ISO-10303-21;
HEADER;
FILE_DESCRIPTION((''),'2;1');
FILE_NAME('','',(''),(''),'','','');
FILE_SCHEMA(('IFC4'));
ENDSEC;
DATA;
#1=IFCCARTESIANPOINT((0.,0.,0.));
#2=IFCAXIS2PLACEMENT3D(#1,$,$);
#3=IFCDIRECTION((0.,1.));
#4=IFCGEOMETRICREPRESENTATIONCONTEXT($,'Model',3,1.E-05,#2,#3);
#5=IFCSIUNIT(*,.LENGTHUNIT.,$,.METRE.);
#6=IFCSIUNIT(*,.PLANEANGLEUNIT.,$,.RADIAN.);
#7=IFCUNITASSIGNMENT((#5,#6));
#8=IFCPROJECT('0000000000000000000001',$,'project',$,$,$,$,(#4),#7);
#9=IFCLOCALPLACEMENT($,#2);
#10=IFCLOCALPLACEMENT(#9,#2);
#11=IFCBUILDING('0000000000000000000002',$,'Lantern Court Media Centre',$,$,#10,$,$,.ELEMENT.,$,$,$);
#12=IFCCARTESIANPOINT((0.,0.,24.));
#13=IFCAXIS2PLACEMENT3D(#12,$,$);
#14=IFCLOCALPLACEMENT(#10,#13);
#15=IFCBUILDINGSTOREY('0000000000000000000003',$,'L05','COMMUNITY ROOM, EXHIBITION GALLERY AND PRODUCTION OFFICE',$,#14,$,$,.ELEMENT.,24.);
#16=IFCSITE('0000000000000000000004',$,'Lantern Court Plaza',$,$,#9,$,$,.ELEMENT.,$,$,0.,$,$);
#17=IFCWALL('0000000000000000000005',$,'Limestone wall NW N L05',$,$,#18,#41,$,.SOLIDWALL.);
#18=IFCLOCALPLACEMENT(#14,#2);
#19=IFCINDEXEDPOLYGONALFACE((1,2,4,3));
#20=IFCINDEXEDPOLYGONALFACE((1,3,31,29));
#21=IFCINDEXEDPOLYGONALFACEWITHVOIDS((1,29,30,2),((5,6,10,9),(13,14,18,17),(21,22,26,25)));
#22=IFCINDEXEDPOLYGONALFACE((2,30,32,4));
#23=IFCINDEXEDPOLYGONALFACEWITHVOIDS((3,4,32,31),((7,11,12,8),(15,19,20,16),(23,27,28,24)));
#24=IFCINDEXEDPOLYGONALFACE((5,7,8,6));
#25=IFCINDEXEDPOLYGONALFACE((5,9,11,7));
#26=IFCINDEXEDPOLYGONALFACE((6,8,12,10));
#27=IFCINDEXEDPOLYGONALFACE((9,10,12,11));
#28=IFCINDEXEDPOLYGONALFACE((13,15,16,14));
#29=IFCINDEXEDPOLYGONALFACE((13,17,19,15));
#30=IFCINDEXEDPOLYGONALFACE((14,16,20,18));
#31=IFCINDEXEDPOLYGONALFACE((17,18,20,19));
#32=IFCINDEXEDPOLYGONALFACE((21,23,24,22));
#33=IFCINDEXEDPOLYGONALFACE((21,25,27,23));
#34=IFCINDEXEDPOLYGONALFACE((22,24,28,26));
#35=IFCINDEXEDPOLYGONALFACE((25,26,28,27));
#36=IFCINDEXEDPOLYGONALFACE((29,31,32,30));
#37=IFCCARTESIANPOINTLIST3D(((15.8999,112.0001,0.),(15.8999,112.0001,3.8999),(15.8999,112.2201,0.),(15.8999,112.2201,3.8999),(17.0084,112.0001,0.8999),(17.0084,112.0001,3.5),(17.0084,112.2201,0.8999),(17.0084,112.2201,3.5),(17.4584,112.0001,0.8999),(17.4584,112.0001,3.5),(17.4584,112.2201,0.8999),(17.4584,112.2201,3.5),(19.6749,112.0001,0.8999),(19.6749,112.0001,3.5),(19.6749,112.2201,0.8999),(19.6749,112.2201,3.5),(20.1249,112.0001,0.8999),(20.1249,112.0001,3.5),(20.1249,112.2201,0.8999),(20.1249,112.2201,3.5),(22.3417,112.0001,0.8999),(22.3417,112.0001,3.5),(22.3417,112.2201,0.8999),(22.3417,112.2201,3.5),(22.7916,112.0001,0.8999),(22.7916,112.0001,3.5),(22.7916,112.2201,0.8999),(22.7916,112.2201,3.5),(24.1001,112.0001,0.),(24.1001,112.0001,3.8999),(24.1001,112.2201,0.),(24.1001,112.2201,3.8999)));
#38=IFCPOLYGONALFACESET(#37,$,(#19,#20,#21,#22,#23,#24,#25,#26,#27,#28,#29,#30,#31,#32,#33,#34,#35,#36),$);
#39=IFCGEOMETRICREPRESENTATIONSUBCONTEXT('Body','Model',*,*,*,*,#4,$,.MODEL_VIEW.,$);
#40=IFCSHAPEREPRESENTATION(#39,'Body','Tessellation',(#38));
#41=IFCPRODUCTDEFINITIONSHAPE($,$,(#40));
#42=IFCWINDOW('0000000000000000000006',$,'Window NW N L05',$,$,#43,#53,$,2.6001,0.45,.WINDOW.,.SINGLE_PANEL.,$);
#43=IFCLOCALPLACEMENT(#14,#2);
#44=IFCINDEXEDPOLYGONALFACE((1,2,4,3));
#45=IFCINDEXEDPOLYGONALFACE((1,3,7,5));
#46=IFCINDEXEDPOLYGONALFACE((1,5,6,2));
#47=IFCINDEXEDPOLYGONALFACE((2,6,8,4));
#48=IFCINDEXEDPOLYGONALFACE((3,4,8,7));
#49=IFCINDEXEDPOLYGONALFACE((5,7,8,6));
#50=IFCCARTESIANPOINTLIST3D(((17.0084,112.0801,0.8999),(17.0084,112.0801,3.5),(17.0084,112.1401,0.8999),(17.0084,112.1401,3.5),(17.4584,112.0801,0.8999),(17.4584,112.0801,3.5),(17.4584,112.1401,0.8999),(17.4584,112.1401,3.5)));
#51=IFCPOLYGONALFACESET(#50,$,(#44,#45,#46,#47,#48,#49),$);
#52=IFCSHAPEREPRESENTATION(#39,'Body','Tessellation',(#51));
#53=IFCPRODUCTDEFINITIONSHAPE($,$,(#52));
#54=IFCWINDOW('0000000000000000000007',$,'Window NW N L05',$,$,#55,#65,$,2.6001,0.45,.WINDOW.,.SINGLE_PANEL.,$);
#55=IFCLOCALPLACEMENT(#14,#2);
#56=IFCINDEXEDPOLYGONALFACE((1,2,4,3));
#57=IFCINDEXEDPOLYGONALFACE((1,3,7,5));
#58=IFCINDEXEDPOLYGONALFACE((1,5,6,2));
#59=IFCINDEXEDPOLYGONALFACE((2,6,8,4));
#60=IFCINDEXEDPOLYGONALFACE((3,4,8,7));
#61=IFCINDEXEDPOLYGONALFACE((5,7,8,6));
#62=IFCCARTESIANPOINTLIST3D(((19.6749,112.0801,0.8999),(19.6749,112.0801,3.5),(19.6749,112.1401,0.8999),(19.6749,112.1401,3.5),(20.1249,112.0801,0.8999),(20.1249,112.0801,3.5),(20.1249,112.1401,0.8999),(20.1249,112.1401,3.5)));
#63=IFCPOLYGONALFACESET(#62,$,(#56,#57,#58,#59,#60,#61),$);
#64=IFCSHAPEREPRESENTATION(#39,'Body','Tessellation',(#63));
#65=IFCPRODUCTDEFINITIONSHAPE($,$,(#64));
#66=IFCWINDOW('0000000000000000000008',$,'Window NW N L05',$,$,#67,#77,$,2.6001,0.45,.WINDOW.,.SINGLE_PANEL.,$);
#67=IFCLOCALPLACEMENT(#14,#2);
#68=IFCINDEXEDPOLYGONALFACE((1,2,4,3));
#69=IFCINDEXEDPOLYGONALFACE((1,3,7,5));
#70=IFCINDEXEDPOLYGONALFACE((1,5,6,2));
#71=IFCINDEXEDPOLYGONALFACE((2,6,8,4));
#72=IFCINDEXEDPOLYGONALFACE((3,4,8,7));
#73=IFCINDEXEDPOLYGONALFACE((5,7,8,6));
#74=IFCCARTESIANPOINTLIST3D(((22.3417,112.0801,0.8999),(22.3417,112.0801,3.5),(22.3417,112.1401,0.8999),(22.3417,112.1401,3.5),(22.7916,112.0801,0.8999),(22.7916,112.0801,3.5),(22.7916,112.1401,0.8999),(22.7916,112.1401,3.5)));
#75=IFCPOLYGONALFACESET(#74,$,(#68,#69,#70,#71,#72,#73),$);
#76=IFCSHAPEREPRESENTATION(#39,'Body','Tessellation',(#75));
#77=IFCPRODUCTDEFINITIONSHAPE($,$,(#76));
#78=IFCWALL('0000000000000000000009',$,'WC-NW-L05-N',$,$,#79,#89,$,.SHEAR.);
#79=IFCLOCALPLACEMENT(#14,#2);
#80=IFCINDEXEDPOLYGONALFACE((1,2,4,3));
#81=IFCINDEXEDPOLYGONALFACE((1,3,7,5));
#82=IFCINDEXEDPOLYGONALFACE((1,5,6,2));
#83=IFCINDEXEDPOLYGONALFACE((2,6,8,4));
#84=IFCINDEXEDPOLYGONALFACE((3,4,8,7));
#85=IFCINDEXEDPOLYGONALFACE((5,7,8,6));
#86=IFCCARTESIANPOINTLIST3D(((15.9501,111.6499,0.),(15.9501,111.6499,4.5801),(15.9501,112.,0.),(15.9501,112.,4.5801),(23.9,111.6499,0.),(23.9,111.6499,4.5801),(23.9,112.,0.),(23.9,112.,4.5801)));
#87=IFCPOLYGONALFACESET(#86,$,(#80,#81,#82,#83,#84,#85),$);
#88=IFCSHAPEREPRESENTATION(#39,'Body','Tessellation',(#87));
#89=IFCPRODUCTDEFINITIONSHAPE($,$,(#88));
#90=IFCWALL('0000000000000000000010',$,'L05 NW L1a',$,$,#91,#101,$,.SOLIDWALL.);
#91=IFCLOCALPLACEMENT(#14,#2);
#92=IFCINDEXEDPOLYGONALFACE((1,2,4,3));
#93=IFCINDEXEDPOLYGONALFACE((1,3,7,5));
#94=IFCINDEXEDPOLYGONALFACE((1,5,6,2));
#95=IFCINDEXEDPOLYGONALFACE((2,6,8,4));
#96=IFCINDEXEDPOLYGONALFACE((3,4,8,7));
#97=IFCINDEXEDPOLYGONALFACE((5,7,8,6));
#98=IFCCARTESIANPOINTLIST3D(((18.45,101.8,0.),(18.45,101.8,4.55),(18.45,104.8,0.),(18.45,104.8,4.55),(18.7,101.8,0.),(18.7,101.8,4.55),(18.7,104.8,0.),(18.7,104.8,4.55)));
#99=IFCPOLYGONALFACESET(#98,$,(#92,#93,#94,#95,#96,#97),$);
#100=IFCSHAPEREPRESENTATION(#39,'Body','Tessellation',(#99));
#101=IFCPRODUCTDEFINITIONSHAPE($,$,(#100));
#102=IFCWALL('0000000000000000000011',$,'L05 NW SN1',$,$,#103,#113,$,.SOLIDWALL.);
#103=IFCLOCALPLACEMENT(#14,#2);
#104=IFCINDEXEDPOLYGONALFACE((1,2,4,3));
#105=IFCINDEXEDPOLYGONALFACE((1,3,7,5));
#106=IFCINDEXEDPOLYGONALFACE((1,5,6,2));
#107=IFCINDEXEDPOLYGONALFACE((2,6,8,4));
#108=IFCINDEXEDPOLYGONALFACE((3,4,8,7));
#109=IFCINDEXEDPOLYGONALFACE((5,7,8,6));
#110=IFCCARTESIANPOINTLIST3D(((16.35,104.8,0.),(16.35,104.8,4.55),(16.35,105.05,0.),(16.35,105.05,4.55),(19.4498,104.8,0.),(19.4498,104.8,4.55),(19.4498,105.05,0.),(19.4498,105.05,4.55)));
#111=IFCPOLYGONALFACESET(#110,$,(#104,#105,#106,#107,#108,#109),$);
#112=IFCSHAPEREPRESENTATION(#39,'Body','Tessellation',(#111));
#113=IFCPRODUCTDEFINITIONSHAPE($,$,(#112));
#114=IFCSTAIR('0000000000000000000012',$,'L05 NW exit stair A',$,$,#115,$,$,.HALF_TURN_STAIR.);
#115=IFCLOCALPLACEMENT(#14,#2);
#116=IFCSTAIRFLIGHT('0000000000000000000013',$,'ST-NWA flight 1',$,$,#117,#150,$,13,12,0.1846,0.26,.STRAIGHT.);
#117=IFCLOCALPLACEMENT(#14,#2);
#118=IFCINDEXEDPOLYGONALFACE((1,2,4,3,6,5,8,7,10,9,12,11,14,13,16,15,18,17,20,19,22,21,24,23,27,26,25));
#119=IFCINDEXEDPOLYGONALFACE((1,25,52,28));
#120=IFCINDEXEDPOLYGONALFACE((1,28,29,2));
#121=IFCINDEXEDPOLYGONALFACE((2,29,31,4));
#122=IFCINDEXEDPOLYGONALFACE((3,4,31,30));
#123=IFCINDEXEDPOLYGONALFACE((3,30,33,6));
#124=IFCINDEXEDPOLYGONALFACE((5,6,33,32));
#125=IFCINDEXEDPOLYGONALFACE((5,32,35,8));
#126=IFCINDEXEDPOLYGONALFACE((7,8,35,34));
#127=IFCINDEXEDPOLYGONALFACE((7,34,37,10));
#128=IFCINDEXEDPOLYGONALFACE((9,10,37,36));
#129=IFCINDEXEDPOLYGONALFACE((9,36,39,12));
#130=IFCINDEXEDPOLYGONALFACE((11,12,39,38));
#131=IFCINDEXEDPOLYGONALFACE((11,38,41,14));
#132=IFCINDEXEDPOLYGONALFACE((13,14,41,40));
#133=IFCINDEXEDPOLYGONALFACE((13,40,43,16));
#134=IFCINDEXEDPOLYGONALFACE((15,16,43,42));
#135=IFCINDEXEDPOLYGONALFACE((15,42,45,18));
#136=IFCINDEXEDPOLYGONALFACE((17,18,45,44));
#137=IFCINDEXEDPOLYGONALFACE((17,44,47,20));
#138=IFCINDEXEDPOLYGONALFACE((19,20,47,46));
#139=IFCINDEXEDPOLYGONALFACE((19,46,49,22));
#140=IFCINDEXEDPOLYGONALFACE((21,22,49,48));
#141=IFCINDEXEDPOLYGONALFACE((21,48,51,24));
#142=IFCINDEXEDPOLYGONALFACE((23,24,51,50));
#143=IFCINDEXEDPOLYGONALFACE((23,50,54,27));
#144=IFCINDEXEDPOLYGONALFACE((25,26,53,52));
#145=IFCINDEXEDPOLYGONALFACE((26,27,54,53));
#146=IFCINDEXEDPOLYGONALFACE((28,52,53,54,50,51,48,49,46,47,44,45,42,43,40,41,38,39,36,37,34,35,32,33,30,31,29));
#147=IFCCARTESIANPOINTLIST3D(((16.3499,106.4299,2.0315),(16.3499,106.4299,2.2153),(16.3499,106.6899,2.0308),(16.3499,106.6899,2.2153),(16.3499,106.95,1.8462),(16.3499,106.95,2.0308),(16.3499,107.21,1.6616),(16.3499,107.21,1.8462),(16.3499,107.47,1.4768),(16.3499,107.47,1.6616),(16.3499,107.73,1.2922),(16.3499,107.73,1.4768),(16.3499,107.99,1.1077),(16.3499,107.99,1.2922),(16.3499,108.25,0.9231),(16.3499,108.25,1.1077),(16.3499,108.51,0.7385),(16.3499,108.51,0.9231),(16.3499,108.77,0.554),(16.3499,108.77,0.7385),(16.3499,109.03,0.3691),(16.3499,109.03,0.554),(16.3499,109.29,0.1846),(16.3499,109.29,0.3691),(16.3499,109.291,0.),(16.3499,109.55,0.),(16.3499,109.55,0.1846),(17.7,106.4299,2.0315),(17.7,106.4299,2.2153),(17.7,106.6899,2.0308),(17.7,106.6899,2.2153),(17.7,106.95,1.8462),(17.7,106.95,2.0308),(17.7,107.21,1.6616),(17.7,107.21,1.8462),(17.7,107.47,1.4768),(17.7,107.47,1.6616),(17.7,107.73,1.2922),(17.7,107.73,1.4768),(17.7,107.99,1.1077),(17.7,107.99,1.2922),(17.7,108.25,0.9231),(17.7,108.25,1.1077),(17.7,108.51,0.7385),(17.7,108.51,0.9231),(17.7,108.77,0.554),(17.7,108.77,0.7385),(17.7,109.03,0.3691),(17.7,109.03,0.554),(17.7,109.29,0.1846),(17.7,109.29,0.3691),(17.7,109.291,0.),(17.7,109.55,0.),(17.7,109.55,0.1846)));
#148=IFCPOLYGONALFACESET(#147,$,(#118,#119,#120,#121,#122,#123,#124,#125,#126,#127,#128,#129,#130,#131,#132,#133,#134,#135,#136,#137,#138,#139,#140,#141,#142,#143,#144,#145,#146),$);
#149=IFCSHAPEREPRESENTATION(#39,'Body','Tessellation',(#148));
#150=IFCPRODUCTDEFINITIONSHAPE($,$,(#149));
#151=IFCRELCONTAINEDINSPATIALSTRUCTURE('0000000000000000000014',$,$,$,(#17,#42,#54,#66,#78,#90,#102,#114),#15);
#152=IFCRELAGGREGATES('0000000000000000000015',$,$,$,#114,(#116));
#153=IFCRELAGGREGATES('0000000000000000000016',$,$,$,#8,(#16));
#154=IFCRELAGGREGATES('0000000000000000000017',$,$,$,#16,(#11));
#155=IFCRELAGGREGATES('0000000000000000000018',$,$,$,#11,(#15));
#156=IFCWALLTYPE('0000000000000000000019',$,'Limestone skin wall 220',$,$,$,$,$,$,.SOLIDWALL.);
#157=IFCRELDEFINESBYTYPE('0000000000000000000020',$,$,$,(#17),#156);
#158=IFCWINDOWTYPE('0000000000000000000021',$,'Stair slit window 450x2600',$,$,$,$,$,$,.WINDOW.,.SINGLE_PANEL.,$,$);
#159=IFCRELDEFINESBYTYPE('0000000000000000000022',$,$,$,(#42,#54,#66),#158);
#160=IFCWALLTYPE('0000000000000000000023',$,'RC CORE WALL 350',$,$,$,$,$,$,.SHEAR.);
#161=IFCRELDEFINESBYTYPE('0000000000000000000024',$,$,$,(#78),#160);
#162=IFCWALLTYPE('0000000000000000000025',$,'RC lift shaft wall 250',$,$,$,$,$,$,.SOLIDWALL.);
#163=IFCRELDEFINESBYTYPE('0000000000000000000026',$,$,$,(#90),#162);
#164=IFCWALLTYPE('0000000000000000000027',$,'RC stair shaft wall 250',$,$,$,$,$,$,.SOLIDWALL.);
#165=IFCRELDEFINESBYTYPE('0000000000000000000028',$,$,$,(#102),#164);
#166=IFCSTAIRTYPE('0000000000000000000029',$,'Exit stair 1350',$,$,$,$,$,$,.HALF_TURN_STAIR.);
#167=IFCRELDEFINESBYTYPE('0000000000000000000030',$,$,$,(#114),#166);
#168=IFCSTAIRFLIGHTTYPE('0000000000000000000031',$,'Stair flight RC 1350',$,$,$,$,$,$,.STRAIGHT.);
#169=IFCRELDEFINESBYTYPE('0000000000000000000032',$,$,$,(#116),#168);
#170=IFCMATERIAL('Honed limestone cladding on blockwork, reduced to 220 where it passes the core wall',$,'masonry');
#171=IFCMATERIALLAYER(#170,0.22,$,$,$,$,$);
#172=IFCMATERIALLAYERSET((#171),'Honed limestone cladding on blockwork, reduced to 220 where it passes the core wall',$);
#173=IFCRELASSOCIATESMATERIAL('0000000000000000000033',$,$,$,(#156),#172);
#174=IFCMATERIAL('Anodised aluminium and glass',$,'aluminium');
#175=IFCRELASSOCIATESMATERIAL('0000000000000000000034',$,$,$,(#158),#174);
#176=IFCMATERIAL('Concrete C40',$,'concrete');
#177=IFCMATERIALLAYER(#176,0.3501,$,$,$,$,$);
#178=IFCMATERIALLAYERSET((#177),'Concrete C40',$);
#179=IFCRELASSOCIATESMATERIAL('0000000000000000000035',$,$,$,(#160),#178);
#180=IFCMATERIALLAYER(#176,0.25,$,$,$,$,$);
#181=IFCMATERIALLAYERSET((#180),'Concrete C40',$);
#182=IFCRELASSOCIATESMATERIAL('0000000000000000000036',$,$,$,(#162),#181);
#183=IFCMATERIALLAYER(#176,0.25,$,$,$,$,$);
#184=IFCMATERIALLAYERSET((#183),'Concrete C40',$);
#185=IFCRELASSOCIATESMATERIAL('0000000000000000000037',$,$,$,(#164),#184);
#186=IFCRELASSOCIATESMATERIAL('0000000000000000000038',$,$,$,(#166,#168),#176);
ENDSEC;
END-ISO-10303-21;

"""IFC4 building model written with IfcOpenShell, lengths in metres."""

from ifc_helpers import new_model, si_unit, direction, frame, frame_2d, origin, place, context, subcontext, project, spatial, polyline, rectangle, outline, extrude, material, layer, layer_set, type_object, element, fill, aggregate, save


model = new_model("IFC4")

# Units and contexts
model_context = context("Model", 3, precision=1e-05, world=origin(), true_north=direction((0.0, 1.0)))
body_context = subcontext(model_context, "Body", "Model", "MODEL_VIEW")
ifc_project = project(units=[si_unit("LENGTHUNIT", "METRE"), si_unit("PLANEANGLEUNIT", "RADIAN")], contexts=[model_context])

# Site, building, storey
site_placement = place(None, origin())
site = spatial("IfcSite", under=ifc_project, at=site_placement, Name="Lantern Court Plaza", CompositionType="ELEMENT", RefElevation=0.0)
building_placement = place(site_placement, origin())
building = spatial("IfcBuilding", under=site, at=building_placement, Name="Lantern Court Media Centre", CompositionType="ELEMENT")
storey_placement = place(building_placement, frame((0.0, 0.0, 24.0)))
storey = spatial("IfcBuildingStorey", under=building, at=storey_placement, Name="L05", Description="COMMUNITY ROOM, EXHIBITION GALLERY AND PRODUCTION OFFICE", CompositionType="ELEMENT", Elevation=24.0)

# Wall, openings, windows
ifc_material_1 = material(Name="Honed limestone cladding on blockwork, reduced to 220 where it passes the core wall", Category="masonry")
ifc_layer_1 = layer(ifc_material_1, 0.22)
ifc_layer_set_1 = layer_set([ifc_layer_1], Name="Honed limestone cladding on blockwork, reduced to 220 where it passes the core wall")
wall_type_1 = type_object("IfcWallType", Name="Limestone skin wall 220", PredefinedType="SOLIDWALL", material=ifc_layer_set_1)
wall_1_placement = place(storey_placement, frame((15.8999, 112.1101, 0.0), z_axis=(0.0, 0.0, 1.0), x_axis=(1.0, 0.0, 0.0)))
wall_1 = element("IfcWall", 1, at=wall_1_placement, inside=storey, type_object=wall_type_1, Name="Limestone wall NW N L05", PredefinedType="SOLIDWALL", context=body_context, shape_type="SweptSolid", body=[
    extrude(rectangle(XDim=8.2002, YDim=0.22, at=frame_2d((4.1001, 0.0))), origin(), (0.0, 0.0, 1.0), 3.8999),
])
opening_1_placement = place(wall_1_placement, frame((1.1084, 0.0, 0.8999)))
opening_1 = element("IfcOpeningElement", 2, at=opening_1_placement, cuts=wall_1, PredefinedType="OPENING", context=body_context, shape_type="SweptSolid", body=[
    extrude(rectangle(XDim=0.45, YDim=2.6001, at=frame_2d((0.2251, 1.3))), frame((0.0, 0.1199, 0.0), z_axis=(0.0, -1.0, 0.0), x_axis=(1.0, 0.0, 0.0)), (0.0, 0.0, 1.0), 0.24),
])
opening_2_placement = place(wall_1_placement, frame((3.7749, 0.0, 0.8999)))
opening_2 = element("IfcOpeningElement", 3, at=opening_2_placement, cuts=wall_1, PredefinedType="OPENING", context=body_context, shape_type="SweptSolid", body=[
    extrude(rectangle(XDim=0.45, YDim=2.6001, at=frame_2d((0.2251, 1.3))), frame((0.0, 0.1199, 0.0), z_axis=(0.0, -1.0, 0.0), x_axis=(1.0, 0.0, 0.0)), (0.0, 0.0, 1.0), 0.24),
])
opening_3_placement = place(wall_1_placement, frame((6.4417, 0.0, 0.8999)))
opening_3 = element("IfcOpeningElement", 4, at=opening_3_placement, cuts=wall_1, PredefinedType="OPENING", context=body_context, shape_type="SweptSolid", body=[
    extrude(rectangle(XDim=0.45, YDim=2.6001, at=frame_2d((0.2251, 1.3))), frame((0.0, 0.1199, 0.0), z_axis=(0.0, -1.0, 0.0), x_axis=(1.0, 0.0, 0.0)), (0.0, 0.0, 1.0), 0.24),
])
ifc_material_2 = material(Name="Anodised aluminium and glass", Category="aluminium")
window_type = type_object("IfcWindowType", Name="Stair slit window 450x2600", PartitioningType="SINGLE_PANEL", PredefinedType="WINDOW", material=ifc_material_2)
window_1_placement = place(opening_1_placement, origin())
window_1 = element("IfcWindow", 5, at=window_1_placement, inside=storey, type_object=window_type, Name="Window NW N L05", OverallHeight=2.6001, OverallWidth=0.45, PartitioningType="SINGLE_PANEL", PredefinedType="WINDOW", context=body_context, shape_type="SweptSolid", body=[
    extrude(rectangle(XDim=0.45, YDim=2.6001, at=frame_2d((0.2251, 1.3))), frame((0.0, 0.03, 0.0), z_axis=(0.0, -1.0, 0.0), x_axis=(1.0, 0.0, 0.0)), (0.0, 0.0, 1.0), 0.0601),
])
fill(opening_1, window_1)
window_2_placement = place(opening_2_placement, origin())
window_2 = element("IfcWindow", 6, at=window_2_placement, inside=storey, type_object=window_type, Name="Window NW N L05", OverallHeight=2.6001, OverallWidth=0.45, PartitioningType="SINGLE_PANEL", PredefinedType="WINDOW", context=body_context, shape_type="SweptSolid", body=[
    extrude(rectangle(XDim=0.45, YDim=2.6001, at=frame_2d((0.2251, 1.3))), frame((0.0, 0.03, 0.0), z_axis=(0.0, -1.0, 0.0), x_axis=(1.0, 0.0, 0.0)), (0.0, 0.0, 1.0), 0.0601),
])
fill(opening_2, window_2)
window_3_placement = place(opening_3_placement, origin())
window_3 = element("IfcWindow", 7, at=window_3_placement, inside=storey, type_object=window_type, Name="Window NW N L05", OverallHeight=2.6001, OverallWidth=0.45, PartitioningType="SINGLE_PANEL", PredefinedType="WINDOW", context=body_context, shape_type="SweptSolid", body=[
    extrude(rectangle(XDim=0.45, YDim=2.6001, at=frame_2d((0.2251, 1.3))), frame((0.0, 0.03, 0.0), z_axis=(0.0, -1.0, 0.0), x_axis=(1.0, 0.0, 0.0)), (0.0, 0.0, 1.0), 0.0601),
])
fill(opening_3, window_3)

# Walls
ifc_material_3 = material(Name="Concrete C40", Category="concrete")
ifc_layer_2 = layer(ifc_material_3, 0.3501)
ifc_layer_set_2 = layer_set([ifc_layer_2], Name="Concrete C40")
wall_type_2 = type_object("IfcWallType", Name="RC CORE WALL 350", PredefinedType="SHEAR", material=ifc_layer_set_2)
wall_2_placement = place(storey_placement, frame((15.95, 111.825, 0.0), z_axis=(0.0, 0.0, 1.0), x_axis=(1.0, 0.0, 0.0)))
element("IfcWall", 8, at=wall_2_placement, inside=storey, type_object=wall_type_2, Name="WC-NW-L05-N", PredefinedType="SHEAR", context=body_context, shape_type="SweptSolid", body=[
    extrude(rectangle(XDim=7.95, YDim=0.3501, at=frame_2d((3.9751, 0.0))), origin(), (0.0, 0.0, 1.0), 4.5801),
])
ifc_layer_3 = layer(ifc_material_3, 0.25)
ifc_layer_set_3 = layer_set([ifc_layer_3], Name="Concrete C40")
wall_type_3 = type_object("IfcWallType", Name="RC lift shaft wall 250", PredefinedType="SOLIDWALL", material=ifc_layer_set_3)
wall_3_placement = place(storey_placement, frame((18.575, 104.8, 0.0), z_axis=(0.0, 0.0, 1.0), x_axis=(0.0, -1.0, 0.0)))
element("IfcWall", 9, at=wall_3_placement, inside=storey, type_object=wall_type_3, Name="L05 NW L1a", PredefinedType="SOLIDWALL", context=body_context, shape_type="SweptSolid", body=[
    extrude(rectangle(XDim=3.0, YDim=0.25, at=frame_2d((1.5, 0.0))), origin(), (0.0, 0.0, 1.0), 4.55),
])
ifc_layer_4 = layer(ifc_material_3, 0.25)
ifc_layer_set_4 = layer_set([ifc_layer_4], Name="Concrete C40")
wall_type_4 = type_object("IfcWallType", Name="RC stair shaft wall 250", PredefinedType="SOLIDWALL", material=ifc_layer_set_4)
wall_4_placement = place(storey_placement, frame((16.3501, 104.925, 0.0), z_axis=(0.0, 0.0, 1.0), x_axis=(1.0, 0.0, 0.0)))
element("IfcWall", 10, at=wall_4_placement, inside=storey, type_object=wall_type_4, Name="L05 NW SN1", PredefinedType="SOLIDWALL", context=body_context, shape_type="SweptSolid", body=[
    extrude(rectangle(XDim=3.0999, YDim=0.25, at=frame_2d((1.5498, 0.0))), origin(), (0.0, 0.0, 1.0), 4.55),
])

# Stair, stair flight
stair_type = type_object("IfcStairType", Name="Exit stair 1350", PredefinedType="HALF_TURN_STAIR", material=ifc_material_3)
stair_placement = place(storey_placement, origin())
stair = element("IfcStair", 11, at=stair_placement, inside=storey, type_object=stair_type, Name="L05 NW exit stair A", PredefinedType="HALF_TURN_STAIR")
stair_flight_type = type_object("IfcStairFlightType", Name="Stair flight RC 1350", PredefinedType="STRAIGHT", material=ifc_material_3)
stair_flight_1_placement = place(storey_placement, frame((17.0249, 109.55, 0.0), z_axis=(0.0, 0.0, 1.0), x_axis=(0.0, -1.0, 0.0)))
stair_flight_1 = element("IfcStairFlight", 12, at=stair_flight_1_placement, type_object=stair_flight_type, Name="ST-NWA flight 1", NumberOfRisers=13, NumberOfTreads=12, PredefinedType="STRAIGHT", RiserHeight=0.1846, TreadLength=0.26, context=body_context, shape_type="SweptSolid", body=[
    extrude(outline(polyline([(0.0, 0.0), (0.0, 0.1846), (0.26, 0.1846), (0.26, 0.3691), (0.52, 0.3691), (0.52, 0.554), (0.78, 0.554), (0.78, 0.7385), (1.04, 0.7385), (1.04, 0.9231), (1.3, 0.9231), (1.3, 1.1077), (1.5601, 1.1077), (1.5601, 1.2922), (1.8201, 1.2922), (1.8201, 1.4768), (2.0801, 1.4768), (2.0801, 1.6616), (2.3401, 1.6616), (2.3401, 1.8462), (2.6001, 1.8462), (2.6001, 2.0308), (2.8601, 2.0308), (2.8601, 2.2153), (3.1201, 2.2153), (3.1201, 2.3999), (3.1201, 2.0315), (0.259, 0.0), (0.0, 0.0)])), frame((0.0, 0.675, 0.0), z_axis=(0.0, -1.0, 0.0), x_axis=(1.0, 0.0, 0.0)), (0.0, 0.0, 1.0), 1.3501),
])
aggregate(stair, [stair_flight_1])

save(model, "model.ifc")
